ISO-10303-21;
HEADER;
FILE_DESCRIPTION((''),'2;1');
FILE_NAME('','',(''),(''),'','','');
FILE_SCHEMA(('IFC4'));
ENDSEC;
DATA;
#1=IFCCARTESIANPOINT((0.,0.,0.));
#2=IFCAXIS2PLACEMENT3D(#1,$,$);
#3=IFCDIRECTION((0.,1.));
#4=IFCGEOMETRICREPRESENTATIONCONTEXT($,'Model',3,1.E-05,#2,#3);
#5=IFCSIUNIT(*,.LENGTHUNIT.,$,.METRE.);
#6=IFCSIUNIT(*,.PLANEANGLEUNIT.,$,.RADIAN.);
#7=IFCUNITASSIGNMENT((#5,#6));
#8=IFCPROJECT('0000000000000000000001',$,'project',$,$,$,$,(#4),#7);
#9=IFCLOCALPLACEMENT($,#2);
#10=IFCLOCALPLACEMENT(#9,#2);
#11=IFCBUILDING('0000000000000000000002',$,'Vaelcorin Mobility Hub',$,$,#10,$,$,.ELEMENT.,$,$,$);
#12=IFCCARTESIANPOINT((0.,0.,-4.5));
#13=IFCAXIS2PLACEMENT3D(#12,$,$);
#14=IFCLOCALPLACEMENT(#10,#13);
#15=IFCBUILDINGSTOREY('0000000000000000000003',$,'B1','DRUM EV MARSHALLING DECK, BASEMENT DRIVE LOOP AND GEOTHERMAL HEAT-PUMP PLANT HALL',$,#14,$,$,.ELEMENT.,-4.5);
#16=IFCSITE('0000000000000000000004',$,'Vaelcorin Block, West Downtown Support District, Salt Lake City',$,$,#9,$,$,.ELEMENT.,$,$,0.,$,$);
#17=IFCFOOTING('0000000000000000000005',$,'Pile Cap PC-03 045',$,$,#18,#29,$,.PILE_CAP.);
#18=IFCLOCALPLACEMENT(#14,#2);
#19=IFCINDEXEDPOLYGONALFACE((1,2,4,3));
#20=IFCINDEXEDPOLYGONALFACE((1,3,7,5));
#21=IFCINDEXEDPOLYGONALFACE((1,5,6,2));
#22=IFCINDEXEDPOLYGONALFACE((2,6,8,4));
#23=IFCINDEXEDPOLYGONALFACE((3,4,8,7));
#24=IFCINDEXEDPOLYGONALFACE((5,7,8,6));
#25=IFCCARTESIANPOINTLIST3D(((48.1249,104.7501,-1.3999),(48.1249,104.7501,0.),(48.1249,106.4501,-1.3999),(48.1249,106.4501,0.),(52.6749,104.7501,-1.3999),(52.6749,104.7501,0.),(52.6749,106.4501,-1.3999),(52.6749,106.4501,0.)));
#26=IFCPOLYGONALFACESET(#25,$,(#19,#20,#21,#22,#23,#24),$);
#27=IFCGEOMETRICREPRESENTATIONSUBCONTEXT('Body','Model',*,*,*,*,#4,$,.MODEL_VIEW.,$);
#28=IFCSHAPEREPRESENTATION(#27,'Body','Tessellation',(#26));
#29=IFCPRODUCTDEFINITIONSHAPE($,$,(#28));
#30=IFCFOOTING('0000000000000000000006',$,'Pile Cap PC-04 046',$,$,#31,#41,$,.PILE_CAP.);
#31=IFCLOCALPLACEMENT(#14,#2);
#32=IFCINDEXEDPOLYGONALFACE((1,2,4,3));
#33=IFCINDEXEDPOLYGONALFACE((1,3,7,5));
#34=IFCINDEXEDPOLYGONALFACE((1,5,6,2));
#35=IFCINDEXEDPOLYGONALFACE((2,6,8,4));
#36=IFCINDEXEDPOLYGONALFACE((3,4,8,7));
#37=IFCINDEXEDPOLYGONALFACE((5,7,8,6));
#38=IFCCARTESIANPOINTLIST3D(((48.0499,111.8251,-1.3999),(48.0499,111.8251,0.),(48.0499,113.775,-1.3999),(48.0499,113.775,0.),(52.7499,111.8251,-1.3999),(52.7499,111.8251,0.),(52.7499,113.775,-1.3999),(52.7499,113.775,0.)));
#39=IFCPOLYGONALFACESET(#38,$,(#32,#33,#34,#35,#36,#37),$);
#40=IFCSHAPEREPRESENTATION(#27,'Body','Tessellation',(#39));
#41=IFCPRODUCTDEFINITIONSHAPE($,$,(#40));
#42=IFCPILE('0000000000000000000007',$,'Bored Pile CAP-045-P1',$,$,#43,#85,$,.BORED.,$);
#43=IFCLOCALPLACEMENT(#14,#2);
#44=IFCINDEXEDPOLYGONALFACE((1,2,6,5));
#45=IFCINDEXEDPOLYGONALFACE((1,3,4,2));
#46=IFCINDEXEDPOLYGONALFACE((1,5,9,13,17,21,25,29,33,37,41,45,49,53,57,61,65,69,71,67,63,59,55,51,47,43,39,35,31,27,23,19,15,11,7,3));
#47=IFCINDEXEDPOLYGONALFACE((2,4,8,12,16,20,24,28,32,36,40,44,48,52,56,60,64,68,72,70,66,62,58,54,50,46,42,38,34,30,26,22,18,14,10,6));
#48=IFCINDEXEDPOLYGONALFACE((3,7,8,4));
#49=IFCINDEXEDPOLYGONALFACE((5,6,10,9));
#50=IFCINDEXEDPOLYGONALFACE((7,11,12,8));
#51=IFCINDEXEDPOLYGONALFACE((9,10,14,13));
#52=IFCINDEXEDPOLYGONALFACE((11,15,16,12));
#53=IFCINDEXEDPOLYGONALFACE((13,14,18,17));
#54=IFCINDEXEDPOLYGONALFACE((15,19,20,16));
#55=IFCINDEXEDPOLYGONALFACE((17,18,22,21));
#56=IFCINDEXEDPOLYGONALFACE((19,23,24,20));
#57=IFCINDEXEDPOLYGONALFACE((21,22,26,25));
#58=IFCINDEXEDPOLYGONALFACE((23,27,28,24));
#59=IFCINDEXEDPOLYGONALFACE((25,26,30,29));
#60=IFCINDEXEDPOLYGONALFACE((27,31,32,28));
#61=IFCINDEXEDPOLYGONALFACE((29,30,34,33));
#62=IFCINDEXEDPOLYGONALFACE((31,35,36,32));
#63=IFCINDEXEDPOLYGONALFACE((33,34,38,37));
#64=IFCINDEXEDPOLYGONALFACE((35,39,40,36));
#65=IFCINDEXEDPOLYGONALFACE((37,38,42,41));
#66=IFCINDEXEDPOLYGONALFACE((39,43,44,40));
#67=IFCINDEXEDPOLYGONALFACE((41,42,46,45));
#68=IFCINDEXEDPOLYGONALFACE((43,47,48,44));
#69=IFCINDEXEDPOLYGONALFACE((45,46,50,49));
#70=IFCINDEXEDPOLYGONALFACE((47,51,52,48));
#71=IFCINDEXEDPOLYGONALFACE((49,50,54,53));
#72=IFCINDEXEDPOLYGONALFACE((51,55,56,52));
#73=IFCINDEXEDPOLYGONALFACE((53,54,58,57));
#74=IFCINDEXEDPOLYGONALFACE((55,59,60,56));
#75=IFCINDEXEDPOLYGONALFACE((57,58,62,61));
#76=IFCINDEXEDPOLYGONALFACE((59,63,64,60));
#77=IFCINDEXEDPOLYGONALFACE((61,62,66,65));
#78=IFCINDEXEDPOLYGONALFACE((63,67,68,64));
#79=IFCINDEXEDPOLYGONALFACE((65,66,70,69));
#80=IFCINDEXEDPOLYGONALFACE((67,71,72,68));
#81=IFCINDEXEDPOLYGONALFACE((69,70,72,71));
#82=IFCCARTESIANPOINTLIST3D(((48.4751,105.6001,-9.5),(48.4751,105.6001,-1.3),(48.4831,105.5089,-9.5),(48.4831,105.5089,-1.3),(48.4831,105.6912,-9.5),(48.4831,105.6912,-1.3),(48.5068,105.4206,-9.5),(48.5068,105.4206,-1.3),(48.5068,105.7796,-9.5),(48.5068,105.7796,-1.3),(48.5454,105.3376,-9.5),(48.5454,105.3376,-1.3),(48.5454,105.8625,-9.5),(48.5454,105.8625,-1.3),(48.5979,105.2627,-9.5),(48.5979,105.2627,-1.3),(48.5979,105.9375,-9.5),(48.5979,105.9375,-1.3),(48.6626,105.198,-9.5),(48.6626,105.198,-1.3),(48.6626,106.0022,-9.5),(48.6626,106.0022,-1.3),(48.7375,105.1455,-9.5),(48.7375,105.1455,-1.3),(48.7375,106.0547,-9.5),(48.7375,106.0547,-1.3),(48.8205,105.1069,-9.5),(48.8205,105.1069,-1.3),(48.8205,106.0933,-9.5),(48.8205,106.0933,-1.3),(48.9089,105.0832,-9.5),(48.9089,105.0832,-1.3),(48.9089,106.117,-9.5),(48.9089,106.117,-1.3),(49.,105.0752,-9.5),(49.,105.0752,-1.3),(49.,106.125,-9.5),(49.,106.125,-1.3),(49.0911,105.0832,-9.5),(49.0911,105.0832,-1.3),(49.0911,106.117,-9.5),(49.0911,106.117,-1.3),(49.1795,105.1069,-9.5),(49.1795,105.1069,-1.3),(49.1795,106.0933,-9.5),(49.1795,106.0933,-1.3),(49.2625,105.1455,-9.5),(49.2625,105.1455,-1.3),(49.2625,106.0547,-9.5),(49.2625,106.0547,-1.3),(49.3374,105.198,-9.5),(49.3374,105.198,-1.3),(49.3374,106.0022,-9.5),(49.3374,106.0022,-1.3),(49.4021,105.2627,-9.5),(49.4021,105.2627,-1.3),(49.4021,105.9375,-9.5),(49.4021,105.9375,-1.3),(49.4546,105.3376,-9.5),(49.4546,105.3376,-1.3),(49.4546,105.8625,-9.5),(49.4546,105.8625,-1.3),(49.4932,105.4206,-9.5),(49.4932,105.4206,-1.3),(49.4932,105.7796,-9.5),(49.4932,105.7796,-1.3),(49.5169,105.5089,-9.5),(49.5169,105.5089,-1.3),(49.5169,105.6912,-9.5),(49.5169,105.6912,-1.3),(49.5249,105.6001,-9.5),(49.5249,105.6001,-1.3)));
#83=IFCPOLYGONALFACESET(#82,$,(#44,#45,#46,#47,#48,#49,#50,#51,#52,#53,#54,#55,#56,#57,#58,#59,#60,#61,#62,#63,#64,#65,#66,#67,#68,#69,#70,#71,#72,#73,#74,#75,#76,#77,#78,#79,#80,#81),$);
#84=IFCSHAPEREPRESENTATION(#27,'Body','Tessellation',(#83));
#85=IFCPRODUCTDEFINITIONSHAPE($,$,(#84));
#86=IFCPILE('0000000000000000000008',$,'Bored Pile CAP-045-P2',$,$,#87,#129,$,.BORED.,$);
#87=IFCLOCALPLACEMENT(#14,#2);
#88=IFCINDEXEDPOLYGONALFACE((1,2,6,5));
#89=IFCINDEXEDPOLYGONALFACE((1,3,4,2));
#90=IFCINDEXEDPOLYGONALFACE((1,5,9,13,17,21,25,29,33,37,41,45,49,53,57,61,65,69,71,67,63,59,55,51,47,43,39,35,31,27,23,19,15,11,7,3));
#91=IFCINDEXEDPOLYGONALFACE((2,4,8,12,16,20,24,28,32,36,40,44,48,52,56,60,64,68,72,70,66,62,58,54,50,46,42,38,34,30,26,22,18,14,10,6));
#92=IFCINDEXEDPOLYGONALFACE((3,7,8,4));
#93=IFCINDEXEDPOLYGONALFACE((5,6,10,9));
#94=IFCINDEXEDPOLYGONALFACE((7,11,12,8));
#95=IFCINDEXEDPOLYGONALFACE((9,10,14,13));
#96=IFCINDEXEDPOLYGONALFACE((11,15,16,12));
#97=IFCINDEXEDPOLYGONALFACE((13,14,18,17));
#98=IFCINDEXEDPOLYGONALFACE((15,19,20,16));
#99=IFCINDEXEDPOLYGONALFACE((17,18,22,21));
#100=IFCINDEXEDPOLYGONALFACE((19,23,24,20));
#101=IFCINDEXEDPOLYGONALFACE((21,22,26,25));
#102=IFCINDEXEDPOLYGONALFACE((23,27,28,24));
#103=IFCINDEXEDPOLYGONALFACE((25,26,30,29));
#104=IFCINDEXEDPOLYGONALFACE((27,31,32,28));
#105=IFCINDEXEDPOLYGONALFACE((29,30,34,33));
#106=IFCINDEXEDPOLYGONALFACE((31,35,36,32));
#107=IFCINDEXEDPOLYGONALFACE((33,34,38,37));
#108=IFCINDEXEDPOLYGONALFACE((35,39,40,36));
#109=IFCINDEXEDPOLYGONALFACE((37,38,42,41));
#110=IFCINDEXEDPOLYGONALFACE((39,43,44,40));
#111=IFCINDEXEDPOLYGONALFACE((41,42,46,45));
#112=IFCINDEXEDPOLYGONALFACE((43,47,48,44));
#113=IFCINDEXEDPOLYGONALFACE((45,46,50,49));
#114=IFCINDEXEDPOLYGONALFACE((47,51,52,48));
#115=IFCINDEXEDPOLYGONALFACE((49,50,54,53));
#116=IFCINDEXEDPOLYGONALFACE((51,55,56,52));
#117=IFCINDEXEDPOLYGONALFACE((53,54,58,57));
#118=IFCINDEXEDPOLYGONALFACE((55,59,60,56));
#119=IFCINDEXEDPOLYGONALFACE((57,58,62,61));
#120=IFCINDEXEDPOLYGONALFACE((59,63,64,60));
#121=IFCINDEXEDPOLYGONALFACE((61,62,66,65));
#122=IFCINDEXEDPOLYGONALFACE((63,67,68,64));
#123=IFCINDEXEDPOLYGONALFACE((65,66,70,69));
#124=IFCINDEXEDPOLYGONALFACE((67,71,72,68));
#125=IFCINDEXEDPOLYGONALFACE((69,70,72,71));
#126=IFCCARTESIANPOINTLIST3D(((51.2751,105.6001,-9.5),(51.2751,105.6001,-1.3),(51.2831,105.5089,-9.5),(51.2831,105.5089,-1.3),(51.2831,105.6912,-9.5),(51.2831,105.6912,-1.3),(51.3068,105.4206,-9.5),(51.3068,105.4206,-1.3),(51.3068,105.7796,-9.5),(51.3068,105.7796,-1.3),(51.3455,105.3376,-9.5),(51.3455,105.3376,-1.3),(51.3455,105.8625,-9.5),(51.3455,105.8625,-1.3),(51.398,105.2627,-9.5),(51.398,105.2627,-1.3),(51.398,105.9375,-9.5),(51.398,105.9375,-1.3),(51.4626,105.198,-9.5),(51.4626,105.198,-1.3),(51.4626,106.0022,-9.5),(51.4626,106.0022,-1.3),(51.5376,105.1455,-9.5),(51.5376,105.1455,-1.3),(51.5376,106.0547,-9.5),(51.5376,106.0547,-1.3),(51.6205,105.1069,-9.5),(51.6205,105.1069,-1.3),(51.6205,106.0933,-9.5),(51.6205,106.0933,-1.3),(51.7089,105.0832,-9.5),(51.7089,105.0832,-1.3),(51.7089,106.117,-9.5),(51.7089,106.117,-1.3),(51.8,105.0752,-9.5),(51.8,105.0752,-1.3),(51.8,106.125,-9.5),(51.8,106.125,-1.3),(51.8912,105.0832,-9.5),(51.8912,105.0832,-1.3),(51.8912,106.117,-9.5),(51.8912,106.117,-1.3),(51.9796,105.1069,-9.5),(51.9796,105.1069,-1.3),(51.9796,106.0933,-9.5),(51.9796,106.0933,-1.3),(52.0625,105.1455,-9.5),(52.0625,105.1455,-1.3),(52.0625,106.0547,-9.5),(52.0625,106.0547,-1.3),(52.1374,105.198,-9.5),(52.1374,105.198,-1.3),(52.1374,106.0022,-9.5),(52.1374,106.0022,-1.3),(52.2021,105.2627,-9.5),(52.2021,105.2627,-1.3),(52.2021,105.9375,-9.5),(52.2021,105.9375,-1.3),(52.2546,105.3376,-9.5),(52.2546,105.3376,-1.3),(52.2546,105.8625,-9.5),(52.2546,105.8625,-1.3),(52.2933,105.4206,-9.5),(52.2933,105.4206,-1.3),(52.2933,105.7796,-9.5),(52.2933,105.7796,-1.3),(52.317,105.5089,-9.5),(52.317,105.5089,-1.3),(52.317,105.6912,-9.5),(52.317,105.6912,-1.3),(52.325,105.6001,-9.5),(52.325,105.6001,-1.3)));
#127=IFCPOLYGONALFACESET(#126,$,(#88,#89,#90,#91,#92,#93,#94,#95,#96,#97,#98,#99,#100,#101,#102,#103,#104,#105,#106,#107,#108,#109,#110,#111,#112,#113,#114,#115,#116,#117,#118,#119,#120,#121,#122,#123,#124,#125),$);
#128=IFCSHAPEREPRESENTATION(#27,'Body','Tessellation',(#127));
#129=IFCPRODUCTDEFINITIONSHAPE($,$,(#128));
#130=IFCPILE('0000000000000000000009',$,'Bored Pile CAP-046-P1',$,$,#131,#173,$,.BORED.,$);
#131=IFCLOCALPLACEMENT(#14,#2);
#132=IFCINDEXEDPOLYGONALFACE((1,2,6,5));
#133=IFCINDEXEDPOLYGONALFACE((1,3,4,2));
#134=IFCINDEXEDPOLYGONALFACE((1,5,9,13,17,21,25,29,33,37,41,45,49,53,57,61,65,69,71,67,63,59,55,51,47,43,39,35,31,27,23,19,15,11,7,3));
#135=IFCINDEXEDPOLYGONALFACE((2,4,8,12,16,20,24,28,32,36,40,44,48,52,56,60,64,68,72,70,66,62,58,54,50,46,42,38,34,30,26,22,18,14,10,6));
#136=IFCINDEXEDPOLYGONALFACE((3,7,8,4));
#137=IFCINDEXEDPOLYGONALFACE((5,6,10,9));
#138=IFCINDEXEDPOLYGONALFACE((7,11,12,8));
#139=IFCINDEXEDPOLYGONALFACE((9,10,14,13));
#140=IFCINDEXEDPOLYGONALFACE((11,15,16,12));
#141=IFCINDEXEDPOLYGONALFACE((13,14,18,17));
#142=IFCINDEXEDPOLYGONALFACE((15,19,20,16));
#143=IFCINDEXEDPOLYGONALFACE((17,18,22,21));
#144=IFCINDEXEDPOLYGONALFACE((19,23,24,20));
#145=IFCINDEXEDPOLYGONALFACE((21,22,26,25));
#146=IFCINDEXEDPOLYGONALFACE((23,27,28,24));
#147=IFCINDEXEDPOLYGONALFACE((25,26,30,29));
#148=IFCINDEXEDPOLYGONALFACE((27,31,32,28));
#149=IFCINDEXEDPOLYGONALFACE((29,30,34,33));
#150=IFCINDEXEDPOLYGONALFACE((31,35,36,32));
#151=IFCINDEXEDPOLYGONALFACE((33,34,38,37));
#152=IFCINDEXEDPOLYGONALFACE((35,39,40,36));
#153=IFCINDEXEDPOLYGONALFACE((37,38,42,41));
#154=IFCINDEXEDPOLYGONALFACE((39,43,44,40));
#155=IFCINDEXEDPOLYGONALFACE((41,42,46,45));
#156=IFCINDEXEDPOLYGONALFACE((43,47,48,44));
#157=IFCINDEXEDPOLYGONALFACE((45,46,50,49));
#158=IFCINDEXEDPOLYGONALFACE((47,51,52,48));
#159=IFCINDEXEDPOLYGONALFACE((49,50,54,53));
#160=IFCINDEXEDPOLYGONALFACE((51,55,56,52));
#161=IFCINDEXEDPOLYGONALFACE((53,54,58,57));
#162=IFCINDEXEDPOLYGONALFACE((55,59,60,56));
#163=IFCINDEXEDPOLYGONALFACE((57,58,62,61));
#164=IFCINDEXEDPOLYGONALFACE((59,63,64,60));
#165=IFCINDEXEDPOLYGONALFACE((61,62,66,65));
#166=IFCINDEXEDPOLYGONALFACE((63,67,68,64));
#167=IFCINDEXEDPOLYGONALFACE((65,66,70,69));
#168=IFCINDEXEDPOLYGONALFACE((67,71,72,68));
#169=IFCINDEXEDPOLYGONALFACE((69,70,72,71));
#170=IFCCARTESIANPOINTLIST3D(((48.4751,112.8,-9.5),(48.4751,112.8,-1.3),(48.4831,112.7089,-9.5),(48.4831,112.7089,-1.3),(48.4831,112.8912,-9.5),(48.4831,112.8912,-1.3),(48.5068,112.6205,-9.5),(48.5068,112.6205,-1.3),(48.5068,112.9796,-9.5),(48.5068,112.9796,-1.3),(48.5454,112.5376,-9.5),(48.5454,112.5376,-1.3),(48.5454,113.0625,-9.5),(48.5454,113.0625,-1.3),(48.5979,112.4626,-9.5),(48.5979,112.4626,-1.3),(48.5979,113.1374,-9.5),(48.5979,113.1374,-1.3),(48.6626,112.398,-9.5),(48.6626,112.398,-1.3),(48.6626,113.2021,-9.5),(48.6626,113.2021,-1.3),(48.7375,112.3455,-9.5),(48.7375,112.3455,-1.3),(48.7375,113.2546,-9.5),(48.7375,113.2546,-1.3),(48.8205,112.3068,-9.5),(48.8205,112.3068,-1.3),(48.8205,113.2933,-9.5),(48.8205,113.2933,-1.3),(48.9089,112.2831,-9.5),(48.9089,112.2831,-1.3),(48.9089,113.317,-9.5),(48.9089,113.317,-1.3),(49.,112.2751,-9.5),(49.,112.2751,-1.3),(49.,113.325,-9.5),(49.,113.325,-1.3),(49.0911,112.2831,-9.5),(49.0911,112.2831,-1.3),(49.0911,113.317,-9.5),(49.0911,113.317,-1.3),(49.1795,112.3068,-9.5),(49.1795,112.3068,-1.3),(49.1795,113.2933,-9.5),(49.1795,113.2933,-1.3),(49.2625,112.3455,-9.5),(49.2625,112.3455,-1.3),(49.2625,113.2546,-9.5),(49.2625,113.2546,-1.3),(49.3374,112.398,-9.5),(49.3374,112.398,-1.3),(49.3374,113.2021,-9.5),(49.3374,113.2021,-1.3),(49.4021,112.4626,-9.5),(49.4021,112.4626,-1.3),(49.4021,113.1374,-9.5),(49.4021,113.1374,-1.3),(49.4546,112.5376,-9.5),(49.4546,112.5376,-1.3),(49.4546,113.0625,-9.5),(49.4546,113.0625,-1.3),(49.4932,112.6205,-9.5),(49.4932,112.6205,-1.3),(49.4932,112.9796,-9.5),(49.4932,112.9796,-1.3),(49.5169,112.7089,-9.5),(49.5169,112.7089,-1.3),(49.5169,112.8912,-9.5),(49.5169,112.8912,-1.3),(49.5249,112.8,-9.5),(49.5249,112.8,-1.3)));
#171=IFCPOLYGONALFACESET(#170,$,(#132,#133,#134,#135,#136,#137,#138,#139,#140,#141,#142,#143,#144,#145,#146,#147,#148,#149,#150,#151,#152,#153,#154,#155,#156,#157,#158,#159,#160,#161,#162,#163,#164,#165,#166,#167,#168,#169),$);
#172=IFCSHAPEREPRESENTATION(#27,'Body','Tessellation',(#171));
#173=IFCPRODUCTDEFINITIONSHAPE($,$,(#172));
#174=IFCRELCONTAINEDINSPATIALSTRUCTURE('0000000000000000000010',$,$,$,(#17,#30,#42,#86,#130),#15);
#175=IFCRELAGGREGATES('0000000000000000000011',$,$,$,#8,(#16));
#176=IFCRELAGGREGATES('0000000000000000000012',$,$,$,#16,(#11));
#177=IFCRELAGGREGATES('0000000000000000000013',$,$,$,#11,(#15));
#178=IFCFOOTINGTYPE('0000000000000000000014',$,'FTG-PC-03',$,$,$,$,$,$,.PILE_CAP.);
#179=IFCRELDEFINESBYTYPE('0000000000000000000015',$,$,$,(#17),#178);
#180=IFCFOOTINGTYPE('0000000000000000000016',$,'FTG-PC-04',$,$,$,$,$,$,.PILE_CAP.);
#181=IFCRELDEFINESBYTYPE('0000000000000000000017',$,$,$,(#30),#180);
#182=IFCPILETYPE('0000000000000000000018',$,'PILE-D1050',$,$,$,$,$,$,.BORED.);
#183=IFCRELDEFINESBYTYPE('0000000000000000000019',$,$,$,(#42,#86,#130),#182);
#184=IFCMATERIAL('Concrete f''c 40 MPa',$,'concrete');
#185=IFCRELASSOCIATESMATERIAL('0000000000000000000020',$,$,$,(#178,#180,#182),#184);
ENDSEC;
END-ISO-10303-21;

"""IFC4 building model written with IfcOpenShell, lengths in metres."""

from ifc_helpers import new_model, si_unit, direction, frame, origin, origin_2d, place, context, subcontext, project, spatial, rectangle, circle, extrude, material, material_profile, profile_set, type_object, element, save


model = new_model("IFC4")

# Units and contexts
model_context = context("Model", 3, precision=1e-05, world=origin(), true_north=direction((0.0, 1.0)))
body_context = subcontext(model_context, "Body", "Model", "MODEL_VIEW")
ifc_project = project(units=[si_unit("LENGTHUNIT", "METRE"), si_unit("PLANEANGLEUNIT", "RADIAN")], contexts=[model_context])

# Site, building, storey
site_placement = place(None, origin())
site = spatial("IfcSite", under=ifc_project, at=site_placement, Name="Vaelcorin Block, West Downtown Support District, Salt Lake City", CompositionType="ELEMENT", RefElevation=0.0)
building_placement = place(site_placement, origin())
building = spatial("IfcBuilding", under=site, at=building_placement, Name="Vaelcorin Mobility Hub", CompositionType="ELEMENT")
storey_placement = place(building_placement, frame((0.0, 0.0, -4.5)))
storey = spatial("IfcBuildingStorey", under=building, at=storey_placement, Name="B1", Description="DRUM EV MARSHALLING DECK, BASEMENT DRIVE LOOP AND GEOTHERMAL HEAT-PUMP PLANT HALL", CompositionType="ELEMENT", Elevation=-4.5)

# Footings
ifc_material_1 = material(Name="Concrete f'c 40 MPa", Category="concrete")
footing_type_1 = type_object("IfcFootingType", Name="FTG-PC-03", PredefinedType="PILE_CAP", material=ifc_material_1)
footing_1_placement = place(storey_placement, frame((50.3999, 105.6001, -1.3999), z_axis=(0.0, 0.0, 1.0), x_axis=(1.0, 0.0, 0.0)))
element("IfcFooting", 1, at=footing_1_placement, inside=storey, type_object=footing_type_1, Name="Pile Cap PC-03 045", PredefinedType="PILE_CAP", context=body_context, shape_type="SweptSolid", body=[
    extrude(rectangle(XDim=4.55, YDim=1.7, at=origin_2d()), origin(), (0.0, 0.0, 1.0), 1.3999),
])
footing_type_2 = type_object("IfcFootingType", Name="FTG-PC-04", PredefinedType="PILE_CAP", material=ifc_material_1)
footing_2_placement = place(storey_placement, frame((50.3999, 112.8, -1.3999), z_axis=(0.0, 0.0, 1.0), x_axis=(1.0, 0.0, 0.0)))
element("IfcFooting", 2, at=footing_2_placement, inside=storey, type_object=footing_type_2, Name="Pile Cap PC-04 046", PredefinedType="PILE_CAP", context=body_context, shape_type="SweptSolid", body=[
    extrude(rectangle(XDim=4.7, YDim=1.95, at=origin_2d()), origin(), (0.0, 0.0, 1.0), 1.3999),
])

# Piles
ifc_material_profile_1 = material_profile(ifc_material_1, circle(Radius=0.5249, at=origin_2d()), Name="BP-D1050")
ifc_profile_set_1 = profile_set([ifc_material_profile_1], Name="Concrete f'c 40 MPa")
pile_type = type_object("IfcPileType", Name="PILE-D1050", PredefinedType="BORED", material=ifc_profile_set_1)
for number, where, z_axis, x_axis, name in (
    (3, (49.0, 105.6001, -1.3), (0.0, 0.0, -1.0), (1.0, 0.0, 0.0), "Bored Pile CAP-045-P1"),
    (4, (51.8, 105.6001, -1.3), (0.0, 0.0, -1.0), (1.0, 0.0, 0.0), "Bored Pile CAP-045-P2"),
    (5, (49.0, 112.8, -1.3), (0.0, 0.0, -1.0), (1.0, 0.0, 0.0), "Bored Pile CAP-046-P1"),
):
    element("IfcPile", number, at=place(storey_placement, frame(where, z_axis=z_axis, x_axis=x_axis)), inside=storey, type_object=pile_type, Name=name, PredefinedType="BORED", context=body_context, shape_type="SweptSolid", body=[
        extrude(circle(Radius=0.5249, at=origin_2d()), origin(), (0.0, 0.0, 1.0), 8.2),
    ])

save(model, "model.ifc")
